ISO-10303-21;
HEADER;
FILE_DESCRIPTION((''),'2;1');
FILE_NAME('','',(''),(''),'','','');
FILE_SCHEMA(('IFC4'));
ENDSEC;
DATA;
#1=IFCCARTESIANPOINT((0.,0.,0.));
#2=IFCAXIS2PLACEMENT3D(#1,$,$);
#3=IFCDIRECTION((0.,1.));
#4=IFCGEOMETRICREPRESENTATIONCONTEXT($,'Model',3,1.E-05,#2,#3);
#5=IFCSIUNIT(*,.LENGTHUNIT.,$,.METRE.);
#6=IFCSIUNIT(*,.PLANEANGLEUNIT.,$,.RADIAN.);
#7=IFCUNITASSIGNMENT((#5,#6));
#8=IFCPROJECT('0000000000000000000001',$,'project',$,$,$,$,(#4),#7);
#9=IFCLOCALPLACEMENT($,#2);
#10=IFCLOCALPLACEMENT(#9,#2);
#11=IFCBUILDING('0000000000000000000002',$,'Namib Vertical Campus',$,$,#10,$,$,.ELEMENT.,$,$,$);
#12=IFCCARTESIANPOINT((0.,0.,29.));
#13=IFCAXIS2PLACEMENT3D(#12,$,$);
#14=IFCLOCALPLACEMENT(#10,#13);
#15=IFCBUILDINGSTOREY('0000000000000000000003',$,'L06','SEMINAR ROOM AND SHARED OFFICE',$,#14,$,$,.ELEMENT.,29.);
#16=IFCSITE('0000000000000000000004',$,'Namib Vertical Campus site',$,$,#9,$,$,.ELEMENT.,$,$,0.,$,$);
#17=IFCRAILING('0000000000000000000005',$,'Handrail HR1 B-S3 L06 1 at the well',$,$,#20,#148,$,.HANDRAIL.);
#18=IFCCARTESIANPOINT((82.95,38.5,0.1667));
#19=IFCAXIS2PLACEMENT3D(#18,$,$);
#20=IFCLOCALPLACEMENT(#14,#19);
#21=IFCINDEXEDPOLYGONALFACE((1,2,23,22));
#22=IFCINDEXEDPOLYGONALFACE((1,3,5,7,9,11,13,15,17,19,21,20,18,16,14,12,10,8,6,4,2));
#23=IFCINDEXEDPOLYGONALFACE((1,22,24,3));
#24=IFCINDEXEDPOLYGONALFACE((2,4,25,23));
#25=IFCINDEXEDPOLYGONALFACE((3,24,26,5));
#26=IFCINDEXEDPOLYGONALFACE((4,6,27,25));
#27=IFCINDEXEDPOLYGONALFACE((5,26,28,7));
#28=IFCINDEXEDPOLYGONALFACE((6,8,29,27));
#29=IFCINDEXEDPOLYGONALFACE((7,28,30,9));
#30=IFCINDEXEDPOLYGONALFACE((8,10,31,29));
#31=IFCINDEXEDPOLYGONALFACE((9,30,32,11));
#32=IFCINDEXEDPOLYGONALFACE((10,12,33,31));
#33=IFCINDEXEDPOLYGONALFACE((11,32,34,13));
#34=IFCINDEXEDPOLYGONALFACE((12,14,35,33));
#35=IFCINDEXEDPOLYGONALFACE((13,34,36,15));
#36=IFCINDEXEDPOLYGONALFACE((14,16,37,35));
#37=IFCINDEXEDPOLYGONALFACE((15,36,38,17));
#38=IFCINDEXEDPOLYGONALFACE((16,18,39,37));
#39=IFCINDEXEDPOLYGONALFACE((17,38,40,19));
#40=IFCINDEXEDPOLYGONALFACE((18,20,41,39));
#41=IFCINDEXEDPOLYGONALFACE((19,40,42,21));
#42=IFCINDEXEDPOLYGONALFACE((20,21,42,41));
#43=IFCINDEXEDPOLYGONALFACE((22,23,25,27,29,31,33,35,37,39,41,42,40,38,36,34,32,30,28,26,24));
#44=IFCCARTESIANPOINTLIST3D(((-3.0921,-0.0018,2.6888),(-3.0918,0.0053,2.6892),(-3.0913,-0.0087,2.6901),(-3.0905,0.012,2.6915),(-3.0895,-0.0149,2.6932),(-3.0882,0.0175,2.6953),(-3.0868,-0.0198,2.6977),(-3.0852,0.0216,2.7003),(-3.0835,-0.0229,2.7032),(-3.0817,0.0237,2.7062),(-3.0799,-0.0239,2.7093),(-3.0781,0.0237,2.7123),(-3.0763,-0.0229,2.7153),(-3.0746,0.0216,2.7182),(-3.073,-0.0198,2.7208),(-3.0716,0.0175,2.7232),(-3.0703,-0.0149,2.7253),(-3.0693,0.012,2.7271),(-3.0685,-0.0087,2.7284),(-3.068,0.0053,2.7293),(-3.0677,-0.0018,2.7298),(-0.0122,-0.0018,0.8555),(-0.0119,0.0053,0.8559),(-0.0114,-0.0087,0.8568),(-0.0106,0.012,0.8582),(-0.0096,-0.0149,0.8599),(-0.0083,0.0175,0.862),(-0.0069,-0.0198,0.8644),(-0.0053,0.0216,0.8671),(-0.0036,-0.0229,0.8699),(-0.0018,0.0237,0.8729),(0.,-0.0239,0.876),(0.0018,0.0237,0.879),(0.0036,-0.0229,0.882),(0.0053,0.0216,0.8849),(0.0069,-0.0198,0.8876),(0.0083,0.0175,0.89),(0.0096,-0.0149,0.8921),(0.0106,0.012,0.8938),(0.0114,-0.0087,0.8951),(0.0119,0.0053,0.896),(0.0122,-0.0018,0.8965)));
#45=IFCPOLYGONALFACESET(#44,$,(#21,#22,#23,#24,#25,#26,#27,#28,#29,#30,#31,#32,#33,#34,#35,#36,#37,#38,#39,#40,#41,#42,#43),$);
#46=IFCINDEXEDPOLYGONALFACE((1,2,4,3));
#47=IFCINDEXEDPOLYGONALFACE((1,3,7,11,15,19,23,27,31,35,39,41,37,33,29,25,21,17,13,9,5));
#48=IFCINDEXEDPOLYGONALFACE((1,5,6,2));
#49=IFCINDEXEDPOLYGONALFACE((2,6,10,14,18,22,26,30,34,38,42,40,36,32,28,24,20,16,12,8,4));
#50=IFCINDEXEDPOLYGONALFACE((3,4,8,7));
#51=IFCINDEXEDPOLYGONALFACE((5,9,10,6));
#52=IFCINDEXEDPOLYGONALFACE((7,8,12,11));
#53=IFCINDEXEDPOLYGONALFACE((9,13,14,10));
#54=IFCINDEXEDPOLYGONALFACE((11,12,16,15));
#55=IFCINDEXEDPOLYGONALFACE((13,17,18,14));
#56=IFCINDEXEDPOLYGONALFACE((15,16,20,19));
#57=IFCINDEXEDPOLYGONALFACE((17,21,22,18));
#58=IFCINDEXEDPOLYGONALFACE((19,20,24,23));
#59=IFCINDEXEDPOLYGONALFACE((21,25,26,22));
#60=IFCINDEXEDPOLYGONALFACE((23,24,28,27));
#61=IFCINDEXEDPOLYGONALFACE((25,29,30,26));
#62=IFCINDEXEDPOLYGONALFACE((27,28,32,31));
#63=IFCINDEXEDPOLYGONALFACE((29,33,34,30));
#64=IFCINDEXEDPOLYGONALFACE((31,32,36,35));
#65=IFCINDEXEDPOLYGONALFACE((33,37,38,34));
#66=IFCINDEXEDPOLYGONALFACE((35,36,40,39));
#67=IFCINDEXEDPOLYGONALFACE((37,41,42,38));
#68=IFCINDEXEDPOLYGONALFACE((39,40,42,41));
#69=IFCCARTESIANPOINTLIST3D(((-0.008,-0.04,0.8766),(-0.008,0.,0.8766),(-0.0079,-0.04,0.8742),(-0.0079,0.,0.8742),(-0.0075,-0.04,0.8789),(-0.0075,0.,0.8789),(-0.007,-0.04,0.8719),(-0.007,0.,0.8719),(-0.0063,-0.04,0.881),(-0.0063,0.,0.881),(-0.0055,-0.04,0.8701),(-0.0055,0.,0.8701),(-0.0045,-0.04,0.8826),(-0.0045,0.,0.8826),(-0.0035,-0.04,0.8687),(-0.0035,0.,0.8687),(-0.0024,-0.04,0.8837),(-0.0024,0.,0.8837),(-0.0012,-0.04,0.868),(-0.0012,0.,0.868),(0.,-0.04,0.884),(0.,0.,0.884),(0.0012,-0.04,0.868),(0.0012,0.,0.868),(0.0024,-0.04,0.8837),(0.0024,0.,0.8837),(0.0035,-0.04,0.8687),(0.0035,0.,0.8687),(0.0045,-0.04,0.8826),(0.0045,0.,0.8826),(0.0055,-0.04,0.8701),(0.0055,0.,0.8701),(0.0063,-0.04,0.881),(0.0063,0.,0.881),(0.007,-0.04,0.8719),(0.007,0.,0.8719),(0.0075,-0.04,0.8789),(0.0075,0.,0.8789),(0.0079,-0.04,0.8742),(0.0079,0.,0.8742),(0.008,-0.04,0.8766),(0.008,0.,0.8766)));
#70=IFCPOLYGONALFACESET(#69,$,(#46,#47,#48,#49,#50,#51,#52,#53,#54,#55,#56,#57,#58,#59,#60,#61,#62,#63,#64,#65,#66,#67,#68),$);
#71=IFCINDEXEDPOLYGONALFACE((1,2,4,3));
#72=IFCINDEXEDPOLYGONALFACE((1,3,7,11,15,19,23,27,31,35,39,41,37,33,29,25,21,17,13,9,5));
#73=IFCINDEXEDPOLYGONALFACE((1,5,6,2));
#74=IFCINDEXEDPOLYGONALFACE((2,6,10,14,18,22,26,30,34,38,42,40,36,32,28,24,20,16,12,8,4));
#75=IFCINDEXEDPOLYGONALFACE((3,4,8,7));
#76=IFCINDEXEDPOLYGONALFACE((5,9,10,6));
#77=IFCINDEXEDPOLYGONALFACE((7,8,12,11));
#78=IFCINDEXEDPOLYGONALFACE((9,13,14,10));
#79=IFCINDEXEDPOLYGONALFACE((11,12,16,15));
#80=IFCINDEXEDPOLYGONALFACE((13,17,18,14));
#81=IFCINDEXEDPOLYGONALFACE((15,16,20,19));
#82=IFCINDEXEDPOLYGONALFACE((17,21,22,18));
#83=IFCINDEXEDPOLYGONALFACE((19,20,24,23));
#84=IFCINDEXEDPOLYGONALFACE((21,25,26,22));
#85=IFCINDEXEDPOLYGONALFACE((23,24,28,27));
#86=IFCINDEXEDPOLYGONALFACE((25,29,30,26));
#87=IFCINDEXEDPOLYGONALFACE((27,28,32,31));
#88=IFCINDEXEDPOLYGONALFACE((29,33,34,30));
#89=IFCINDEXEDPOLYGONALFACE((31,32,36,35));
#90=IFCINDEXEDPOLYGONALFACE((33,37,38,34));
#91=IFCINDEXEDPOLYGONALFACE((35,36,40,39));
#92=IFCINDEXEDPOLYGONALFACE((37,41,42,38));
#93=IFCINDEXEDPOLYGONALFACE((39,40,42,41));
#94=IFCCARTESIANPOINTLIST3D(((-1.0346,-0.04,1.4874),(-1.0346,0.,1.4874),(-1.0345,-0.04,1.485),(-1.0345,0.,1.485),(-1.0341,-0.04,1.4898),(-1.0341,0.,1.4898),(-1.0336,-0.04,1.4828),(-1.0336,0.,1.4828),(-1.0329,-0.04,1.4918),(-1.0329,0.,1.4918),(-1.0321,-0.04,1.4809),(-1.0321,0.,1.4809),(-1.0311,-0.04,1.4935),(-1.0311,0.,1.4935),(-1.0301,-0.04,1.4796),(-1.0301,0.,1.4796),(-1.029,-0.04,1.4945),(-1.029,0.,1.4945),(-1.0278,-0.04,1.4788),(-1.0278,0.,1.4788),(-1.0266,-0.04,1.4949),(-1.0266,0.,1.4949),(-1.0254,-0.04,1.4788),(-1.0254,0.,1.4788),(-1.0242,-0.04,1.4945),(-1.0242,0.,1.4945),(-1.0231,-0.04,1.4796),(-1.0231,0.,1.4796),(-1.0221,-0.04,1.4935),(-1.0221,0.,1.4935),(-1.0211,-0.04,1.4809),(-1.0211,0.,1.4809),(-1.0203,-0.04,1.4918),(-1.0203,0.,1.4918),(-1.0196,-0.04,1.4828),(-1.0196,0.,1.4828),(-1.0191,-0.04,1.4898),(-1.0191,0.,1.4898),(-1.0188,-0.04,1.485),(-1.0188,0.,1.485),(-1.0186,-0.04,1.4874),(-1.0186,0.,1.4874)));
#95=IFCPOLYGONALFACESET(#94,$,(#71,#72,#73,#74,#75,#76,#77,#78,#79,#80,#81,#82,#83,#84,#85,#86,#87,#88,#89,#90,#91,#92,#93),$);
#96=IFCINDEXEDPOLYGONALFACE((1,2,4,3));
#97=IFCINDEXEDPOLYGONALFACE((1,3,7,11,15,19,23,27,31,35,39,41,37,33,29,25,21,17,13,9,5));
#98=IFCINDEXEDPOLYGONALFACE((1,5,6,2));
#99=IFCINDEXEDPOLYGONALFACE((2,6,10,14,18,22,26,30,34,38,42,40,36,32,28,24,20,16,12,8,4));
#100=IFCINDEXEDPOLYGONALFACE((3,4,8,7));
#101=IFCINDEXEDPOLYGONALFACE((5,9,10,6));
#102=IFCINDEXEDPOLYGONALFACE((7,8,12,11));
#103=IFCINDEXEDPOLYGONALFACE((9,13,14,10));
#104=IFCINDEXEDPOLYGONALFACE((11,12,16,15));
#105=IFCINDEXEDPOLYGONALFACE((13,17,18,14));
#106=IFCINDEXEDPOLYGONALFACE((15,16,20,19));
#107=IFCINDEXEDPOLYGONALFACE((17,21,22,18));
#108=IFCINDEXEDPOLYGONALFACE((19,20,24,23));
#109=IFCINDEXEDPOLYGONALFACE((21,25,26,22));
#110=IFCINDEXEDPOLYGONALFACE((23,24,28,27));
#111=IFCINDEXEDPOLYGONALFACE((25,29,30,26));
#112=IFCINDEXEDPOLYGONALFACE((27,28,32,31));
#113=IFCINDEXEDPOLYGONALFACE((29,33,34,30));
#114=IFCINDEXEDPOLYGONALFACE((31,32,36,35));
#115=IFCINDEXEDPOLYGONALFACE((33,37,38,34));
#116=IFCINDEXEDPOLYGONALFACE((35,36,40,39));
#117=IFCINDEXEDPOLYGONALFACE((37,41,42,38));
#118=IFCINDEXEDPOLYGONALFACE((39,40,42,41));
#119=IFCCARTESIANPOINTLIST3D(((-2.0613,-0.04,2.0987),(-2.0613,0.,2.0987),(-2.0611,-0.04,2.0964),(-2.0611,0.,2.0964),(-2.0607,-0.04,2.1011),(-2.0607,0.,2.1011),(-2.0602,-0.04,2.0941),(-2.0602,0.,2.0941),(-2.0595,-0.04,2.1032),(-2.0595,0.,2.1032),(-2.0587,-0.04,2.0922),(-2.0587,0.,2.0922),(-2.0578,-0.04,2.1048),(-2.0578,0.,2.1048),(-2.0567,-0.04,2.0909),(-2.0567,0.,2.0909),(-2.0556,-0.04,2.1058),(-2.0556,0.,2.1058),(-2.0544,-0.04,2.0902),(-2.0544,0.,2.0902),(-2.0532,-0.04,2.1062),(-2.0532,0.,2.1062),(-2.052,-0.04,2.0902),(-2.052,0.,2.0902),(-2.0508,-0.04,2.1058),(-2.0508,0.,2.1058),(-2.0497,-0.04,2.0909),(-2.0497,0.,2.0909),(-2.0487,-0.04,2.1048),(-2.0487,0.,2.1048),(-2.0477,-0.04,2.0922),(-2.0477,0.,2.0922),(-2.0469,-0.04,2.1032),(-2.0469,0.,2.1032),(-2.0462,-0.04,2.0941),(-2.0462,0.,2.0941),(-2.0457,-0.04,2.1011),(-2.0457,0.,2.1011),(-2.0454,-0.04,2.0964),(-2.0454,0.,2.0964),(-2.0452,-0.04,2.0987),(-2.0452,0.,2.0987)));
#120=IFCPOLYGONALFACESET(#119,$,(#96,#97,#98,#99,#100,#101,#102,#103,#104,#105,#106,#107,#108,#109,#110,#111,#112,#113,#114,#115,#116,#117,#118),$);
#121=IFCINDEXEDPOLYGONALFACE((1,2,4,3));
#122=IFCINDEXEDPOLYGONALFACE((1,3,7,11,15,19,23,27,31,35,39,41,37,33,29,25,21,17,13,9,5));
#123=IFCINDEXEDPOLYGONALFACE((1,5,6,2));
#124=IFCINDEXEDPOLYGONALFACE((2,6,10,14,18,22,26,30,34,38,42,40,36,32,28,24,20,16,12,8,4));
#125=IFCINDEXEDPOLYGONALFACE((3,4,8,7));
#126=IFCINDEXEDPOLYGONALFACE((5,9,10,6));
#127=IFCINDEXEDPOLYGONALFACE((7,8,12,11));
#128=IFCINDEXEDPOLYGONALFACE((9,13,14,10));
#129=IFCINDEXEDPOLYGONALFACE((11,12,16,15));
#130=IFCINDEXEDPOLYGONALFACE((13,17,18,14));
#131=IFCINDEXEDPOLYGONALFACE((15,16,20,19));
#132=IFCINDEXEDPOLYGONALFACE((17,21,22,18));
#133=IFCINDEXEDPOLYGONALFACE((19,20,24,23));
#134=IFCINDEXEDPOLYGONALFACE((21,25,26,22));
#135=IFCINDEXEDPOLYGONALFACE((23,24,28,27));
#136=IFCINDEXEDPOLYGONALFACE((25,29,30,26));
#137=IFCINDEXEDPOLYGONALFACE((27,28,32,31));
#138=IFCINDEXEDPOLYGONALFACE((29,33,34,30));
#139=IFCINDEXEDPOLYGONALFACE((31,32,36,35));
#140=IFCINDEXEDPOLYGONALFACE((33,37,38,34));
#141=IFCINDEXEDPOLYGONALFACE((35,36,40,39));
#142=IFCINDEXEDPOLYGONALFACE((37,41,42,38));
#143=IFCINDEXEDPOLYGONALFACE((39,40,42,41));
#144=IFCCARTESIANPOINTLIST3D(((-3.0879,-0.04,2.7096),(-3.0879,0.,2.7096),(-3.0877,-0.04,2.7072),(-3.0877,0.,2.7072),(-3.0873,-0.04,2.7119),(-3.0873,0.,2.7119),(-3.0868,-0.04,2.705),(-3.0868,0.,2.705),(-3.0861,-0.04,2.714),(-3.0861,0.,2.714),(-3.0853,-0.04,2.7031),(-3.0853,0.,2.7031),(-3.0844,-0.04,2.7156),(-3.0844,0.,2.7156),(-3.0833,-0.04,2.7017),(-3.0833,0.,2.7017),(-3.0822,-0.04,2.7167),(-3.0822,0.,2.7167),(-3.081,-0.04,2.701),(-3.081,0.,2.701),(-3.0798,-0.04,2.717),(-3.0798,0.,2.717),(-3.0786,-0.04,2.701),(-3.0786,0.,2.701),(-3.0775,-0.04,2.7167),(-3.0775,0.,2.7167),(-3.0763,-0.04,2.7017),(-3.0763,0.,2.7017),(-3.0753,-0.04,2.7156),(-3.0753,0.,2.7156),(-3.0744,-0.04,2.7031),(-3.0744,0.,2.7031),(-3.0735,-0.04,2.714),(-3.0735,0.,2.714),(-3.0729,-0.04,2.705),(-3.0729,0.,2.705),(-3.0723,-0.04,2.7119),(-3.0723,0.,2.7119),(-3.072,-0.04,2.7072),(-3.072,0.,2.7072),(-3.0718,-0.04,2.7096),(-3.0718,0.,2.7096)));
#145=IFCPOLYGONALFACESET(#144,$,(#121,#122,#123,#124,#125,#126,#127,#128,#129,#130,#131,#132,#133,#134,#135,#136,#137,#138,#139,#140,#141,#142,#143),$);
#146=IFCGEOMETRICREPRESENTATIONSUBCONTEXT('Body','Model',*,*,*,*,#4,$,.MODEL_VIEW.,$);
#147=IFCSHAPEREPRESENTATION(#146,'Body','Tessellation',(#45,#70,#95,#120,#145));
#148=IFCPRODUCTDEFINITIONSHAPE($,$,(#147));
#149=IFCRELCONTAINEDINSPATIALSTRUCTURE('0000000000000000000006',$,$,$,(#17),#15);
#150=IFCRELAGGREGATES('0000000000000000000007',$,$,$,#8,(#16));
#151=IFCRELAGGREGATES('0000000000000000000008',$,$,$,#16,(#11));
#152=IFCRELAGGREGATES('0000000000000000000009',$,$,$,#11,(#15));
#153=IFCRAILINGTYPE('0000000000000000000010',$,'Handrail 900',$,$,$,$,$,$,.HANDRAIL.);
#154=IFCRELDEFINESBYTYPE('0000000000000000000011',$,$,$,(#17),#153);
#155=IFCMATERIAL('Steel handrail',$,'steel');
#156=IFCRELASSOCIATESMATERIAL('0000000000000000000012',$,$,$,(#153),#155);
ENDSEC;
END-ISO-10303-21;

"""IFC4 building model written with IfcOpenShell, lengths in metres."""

from ifc_helpers import new_model, si_unit, direction, frame, origin, origin_2d, place, context, subcontext, project, spatial, circle, extrude, material, type_object, element, save


model = new_model("IFC4")

# Units and contexts
model_context = context("Model", 3, precision=1e-05, world=origin(), true_north=direction((0.0, 1.0)))
body_context = subcontext(model_context, "Body", "Model", "MODEL_VIEW")
ifc_project = project(units=[si_unit("LENGTHUNIT", "METRE"), si_unit("PLANEANGLEUNIT", "RADIAN")], contexts=[model_context])

# Site, building, storey
site_placement = place(None, origin())
site = spatial("IfcSite", under=ifc_project, at=site_placement, Name="Namib Vertical Campus site", CompositionType="ELEMENT", RefElevation=0.0)
building_placement = place(site_placement, origin())
building = spatial("IfcBuilding", under=site, at=building_placement, Name="Namib Vertical Campus", CompositionType="ELEMENT")
storey_placement = place(building_placement, frame((0.0, 0.0, 29.0)))
storey = spatial("IfcBuildingStorey", under=building, at=storey_placement, Name="L06", Description="SEMINAR ROOM AND SHARED OFFICE", CompositionType="ELEMENT", Elevation=29.0)

# Railing
ifc_material_1 = material(Name="Steel handrail", Category="steel")
railing_type_1 = type_object("IfcRailingType", Name="Handrail 900", PredefinedType="HANDRAIL", material=ifc_material_1)
railing_1_placement = place(storey_placement, frame((82.95, 38.5, 0.1667)))
element("IfcRailing", 1, at=railing_1_placement, inside=storey, type_object=railing_type_1, Name="Handrail HR1 B-S3 L06 1 at the well", PredefinedType="HANDRAIL", context=body_context, shape_type="SweptSolid", body=[
    extrude(circle(Radius=0.0239, at=origin_2d()), frame((0.0, 0.0, 0.876), z_axis=(-0.859291, 0.0, 0.511487), x_axis=(0.0, -1.0, 0.0)), (0.0, 0.0, 1.0), 3.5842),
    extrude(circle(Radius=0.0081, at=origin_2d()), frame((0.0, 0.0, 0.876), z_axis=(0.0, -1.0, 0.0), x_axis=(0.0, 0.0, 1.0)), (0.0, 0.0, 1.0), 0.04),
    extrude(circle(Radius=0.0081, at=origin_2d()), frame((-1.0266, 0.0, 1.4868), z_axis=(0.0, -1.0, 0.0), x_axis=(0.0, 0.0, 1.0)), (0.0, 0.0, 1.0), 0.04),
    extrude(circle(Radius=0.0081, at=origin_2d()), frame((-2.0532, 0.0, 2.0981), z_axis=(0.0, -1.0, 0.0), x_axis=(0.0, 0.0, 1.0)), (0.0, 0.0, 1.0), 0.04),
    extrude(circle(Radius=0.0081, at=origin_2d()), frame((-3.0798, 0.0, 2.709), z_axis=(0.0, -1.0, 0.0), x_axis=(0.0, 0.0, 1.0)), (0.0, 0.0, 1.0), 0.04),
])

save(model, "model.ifc")
